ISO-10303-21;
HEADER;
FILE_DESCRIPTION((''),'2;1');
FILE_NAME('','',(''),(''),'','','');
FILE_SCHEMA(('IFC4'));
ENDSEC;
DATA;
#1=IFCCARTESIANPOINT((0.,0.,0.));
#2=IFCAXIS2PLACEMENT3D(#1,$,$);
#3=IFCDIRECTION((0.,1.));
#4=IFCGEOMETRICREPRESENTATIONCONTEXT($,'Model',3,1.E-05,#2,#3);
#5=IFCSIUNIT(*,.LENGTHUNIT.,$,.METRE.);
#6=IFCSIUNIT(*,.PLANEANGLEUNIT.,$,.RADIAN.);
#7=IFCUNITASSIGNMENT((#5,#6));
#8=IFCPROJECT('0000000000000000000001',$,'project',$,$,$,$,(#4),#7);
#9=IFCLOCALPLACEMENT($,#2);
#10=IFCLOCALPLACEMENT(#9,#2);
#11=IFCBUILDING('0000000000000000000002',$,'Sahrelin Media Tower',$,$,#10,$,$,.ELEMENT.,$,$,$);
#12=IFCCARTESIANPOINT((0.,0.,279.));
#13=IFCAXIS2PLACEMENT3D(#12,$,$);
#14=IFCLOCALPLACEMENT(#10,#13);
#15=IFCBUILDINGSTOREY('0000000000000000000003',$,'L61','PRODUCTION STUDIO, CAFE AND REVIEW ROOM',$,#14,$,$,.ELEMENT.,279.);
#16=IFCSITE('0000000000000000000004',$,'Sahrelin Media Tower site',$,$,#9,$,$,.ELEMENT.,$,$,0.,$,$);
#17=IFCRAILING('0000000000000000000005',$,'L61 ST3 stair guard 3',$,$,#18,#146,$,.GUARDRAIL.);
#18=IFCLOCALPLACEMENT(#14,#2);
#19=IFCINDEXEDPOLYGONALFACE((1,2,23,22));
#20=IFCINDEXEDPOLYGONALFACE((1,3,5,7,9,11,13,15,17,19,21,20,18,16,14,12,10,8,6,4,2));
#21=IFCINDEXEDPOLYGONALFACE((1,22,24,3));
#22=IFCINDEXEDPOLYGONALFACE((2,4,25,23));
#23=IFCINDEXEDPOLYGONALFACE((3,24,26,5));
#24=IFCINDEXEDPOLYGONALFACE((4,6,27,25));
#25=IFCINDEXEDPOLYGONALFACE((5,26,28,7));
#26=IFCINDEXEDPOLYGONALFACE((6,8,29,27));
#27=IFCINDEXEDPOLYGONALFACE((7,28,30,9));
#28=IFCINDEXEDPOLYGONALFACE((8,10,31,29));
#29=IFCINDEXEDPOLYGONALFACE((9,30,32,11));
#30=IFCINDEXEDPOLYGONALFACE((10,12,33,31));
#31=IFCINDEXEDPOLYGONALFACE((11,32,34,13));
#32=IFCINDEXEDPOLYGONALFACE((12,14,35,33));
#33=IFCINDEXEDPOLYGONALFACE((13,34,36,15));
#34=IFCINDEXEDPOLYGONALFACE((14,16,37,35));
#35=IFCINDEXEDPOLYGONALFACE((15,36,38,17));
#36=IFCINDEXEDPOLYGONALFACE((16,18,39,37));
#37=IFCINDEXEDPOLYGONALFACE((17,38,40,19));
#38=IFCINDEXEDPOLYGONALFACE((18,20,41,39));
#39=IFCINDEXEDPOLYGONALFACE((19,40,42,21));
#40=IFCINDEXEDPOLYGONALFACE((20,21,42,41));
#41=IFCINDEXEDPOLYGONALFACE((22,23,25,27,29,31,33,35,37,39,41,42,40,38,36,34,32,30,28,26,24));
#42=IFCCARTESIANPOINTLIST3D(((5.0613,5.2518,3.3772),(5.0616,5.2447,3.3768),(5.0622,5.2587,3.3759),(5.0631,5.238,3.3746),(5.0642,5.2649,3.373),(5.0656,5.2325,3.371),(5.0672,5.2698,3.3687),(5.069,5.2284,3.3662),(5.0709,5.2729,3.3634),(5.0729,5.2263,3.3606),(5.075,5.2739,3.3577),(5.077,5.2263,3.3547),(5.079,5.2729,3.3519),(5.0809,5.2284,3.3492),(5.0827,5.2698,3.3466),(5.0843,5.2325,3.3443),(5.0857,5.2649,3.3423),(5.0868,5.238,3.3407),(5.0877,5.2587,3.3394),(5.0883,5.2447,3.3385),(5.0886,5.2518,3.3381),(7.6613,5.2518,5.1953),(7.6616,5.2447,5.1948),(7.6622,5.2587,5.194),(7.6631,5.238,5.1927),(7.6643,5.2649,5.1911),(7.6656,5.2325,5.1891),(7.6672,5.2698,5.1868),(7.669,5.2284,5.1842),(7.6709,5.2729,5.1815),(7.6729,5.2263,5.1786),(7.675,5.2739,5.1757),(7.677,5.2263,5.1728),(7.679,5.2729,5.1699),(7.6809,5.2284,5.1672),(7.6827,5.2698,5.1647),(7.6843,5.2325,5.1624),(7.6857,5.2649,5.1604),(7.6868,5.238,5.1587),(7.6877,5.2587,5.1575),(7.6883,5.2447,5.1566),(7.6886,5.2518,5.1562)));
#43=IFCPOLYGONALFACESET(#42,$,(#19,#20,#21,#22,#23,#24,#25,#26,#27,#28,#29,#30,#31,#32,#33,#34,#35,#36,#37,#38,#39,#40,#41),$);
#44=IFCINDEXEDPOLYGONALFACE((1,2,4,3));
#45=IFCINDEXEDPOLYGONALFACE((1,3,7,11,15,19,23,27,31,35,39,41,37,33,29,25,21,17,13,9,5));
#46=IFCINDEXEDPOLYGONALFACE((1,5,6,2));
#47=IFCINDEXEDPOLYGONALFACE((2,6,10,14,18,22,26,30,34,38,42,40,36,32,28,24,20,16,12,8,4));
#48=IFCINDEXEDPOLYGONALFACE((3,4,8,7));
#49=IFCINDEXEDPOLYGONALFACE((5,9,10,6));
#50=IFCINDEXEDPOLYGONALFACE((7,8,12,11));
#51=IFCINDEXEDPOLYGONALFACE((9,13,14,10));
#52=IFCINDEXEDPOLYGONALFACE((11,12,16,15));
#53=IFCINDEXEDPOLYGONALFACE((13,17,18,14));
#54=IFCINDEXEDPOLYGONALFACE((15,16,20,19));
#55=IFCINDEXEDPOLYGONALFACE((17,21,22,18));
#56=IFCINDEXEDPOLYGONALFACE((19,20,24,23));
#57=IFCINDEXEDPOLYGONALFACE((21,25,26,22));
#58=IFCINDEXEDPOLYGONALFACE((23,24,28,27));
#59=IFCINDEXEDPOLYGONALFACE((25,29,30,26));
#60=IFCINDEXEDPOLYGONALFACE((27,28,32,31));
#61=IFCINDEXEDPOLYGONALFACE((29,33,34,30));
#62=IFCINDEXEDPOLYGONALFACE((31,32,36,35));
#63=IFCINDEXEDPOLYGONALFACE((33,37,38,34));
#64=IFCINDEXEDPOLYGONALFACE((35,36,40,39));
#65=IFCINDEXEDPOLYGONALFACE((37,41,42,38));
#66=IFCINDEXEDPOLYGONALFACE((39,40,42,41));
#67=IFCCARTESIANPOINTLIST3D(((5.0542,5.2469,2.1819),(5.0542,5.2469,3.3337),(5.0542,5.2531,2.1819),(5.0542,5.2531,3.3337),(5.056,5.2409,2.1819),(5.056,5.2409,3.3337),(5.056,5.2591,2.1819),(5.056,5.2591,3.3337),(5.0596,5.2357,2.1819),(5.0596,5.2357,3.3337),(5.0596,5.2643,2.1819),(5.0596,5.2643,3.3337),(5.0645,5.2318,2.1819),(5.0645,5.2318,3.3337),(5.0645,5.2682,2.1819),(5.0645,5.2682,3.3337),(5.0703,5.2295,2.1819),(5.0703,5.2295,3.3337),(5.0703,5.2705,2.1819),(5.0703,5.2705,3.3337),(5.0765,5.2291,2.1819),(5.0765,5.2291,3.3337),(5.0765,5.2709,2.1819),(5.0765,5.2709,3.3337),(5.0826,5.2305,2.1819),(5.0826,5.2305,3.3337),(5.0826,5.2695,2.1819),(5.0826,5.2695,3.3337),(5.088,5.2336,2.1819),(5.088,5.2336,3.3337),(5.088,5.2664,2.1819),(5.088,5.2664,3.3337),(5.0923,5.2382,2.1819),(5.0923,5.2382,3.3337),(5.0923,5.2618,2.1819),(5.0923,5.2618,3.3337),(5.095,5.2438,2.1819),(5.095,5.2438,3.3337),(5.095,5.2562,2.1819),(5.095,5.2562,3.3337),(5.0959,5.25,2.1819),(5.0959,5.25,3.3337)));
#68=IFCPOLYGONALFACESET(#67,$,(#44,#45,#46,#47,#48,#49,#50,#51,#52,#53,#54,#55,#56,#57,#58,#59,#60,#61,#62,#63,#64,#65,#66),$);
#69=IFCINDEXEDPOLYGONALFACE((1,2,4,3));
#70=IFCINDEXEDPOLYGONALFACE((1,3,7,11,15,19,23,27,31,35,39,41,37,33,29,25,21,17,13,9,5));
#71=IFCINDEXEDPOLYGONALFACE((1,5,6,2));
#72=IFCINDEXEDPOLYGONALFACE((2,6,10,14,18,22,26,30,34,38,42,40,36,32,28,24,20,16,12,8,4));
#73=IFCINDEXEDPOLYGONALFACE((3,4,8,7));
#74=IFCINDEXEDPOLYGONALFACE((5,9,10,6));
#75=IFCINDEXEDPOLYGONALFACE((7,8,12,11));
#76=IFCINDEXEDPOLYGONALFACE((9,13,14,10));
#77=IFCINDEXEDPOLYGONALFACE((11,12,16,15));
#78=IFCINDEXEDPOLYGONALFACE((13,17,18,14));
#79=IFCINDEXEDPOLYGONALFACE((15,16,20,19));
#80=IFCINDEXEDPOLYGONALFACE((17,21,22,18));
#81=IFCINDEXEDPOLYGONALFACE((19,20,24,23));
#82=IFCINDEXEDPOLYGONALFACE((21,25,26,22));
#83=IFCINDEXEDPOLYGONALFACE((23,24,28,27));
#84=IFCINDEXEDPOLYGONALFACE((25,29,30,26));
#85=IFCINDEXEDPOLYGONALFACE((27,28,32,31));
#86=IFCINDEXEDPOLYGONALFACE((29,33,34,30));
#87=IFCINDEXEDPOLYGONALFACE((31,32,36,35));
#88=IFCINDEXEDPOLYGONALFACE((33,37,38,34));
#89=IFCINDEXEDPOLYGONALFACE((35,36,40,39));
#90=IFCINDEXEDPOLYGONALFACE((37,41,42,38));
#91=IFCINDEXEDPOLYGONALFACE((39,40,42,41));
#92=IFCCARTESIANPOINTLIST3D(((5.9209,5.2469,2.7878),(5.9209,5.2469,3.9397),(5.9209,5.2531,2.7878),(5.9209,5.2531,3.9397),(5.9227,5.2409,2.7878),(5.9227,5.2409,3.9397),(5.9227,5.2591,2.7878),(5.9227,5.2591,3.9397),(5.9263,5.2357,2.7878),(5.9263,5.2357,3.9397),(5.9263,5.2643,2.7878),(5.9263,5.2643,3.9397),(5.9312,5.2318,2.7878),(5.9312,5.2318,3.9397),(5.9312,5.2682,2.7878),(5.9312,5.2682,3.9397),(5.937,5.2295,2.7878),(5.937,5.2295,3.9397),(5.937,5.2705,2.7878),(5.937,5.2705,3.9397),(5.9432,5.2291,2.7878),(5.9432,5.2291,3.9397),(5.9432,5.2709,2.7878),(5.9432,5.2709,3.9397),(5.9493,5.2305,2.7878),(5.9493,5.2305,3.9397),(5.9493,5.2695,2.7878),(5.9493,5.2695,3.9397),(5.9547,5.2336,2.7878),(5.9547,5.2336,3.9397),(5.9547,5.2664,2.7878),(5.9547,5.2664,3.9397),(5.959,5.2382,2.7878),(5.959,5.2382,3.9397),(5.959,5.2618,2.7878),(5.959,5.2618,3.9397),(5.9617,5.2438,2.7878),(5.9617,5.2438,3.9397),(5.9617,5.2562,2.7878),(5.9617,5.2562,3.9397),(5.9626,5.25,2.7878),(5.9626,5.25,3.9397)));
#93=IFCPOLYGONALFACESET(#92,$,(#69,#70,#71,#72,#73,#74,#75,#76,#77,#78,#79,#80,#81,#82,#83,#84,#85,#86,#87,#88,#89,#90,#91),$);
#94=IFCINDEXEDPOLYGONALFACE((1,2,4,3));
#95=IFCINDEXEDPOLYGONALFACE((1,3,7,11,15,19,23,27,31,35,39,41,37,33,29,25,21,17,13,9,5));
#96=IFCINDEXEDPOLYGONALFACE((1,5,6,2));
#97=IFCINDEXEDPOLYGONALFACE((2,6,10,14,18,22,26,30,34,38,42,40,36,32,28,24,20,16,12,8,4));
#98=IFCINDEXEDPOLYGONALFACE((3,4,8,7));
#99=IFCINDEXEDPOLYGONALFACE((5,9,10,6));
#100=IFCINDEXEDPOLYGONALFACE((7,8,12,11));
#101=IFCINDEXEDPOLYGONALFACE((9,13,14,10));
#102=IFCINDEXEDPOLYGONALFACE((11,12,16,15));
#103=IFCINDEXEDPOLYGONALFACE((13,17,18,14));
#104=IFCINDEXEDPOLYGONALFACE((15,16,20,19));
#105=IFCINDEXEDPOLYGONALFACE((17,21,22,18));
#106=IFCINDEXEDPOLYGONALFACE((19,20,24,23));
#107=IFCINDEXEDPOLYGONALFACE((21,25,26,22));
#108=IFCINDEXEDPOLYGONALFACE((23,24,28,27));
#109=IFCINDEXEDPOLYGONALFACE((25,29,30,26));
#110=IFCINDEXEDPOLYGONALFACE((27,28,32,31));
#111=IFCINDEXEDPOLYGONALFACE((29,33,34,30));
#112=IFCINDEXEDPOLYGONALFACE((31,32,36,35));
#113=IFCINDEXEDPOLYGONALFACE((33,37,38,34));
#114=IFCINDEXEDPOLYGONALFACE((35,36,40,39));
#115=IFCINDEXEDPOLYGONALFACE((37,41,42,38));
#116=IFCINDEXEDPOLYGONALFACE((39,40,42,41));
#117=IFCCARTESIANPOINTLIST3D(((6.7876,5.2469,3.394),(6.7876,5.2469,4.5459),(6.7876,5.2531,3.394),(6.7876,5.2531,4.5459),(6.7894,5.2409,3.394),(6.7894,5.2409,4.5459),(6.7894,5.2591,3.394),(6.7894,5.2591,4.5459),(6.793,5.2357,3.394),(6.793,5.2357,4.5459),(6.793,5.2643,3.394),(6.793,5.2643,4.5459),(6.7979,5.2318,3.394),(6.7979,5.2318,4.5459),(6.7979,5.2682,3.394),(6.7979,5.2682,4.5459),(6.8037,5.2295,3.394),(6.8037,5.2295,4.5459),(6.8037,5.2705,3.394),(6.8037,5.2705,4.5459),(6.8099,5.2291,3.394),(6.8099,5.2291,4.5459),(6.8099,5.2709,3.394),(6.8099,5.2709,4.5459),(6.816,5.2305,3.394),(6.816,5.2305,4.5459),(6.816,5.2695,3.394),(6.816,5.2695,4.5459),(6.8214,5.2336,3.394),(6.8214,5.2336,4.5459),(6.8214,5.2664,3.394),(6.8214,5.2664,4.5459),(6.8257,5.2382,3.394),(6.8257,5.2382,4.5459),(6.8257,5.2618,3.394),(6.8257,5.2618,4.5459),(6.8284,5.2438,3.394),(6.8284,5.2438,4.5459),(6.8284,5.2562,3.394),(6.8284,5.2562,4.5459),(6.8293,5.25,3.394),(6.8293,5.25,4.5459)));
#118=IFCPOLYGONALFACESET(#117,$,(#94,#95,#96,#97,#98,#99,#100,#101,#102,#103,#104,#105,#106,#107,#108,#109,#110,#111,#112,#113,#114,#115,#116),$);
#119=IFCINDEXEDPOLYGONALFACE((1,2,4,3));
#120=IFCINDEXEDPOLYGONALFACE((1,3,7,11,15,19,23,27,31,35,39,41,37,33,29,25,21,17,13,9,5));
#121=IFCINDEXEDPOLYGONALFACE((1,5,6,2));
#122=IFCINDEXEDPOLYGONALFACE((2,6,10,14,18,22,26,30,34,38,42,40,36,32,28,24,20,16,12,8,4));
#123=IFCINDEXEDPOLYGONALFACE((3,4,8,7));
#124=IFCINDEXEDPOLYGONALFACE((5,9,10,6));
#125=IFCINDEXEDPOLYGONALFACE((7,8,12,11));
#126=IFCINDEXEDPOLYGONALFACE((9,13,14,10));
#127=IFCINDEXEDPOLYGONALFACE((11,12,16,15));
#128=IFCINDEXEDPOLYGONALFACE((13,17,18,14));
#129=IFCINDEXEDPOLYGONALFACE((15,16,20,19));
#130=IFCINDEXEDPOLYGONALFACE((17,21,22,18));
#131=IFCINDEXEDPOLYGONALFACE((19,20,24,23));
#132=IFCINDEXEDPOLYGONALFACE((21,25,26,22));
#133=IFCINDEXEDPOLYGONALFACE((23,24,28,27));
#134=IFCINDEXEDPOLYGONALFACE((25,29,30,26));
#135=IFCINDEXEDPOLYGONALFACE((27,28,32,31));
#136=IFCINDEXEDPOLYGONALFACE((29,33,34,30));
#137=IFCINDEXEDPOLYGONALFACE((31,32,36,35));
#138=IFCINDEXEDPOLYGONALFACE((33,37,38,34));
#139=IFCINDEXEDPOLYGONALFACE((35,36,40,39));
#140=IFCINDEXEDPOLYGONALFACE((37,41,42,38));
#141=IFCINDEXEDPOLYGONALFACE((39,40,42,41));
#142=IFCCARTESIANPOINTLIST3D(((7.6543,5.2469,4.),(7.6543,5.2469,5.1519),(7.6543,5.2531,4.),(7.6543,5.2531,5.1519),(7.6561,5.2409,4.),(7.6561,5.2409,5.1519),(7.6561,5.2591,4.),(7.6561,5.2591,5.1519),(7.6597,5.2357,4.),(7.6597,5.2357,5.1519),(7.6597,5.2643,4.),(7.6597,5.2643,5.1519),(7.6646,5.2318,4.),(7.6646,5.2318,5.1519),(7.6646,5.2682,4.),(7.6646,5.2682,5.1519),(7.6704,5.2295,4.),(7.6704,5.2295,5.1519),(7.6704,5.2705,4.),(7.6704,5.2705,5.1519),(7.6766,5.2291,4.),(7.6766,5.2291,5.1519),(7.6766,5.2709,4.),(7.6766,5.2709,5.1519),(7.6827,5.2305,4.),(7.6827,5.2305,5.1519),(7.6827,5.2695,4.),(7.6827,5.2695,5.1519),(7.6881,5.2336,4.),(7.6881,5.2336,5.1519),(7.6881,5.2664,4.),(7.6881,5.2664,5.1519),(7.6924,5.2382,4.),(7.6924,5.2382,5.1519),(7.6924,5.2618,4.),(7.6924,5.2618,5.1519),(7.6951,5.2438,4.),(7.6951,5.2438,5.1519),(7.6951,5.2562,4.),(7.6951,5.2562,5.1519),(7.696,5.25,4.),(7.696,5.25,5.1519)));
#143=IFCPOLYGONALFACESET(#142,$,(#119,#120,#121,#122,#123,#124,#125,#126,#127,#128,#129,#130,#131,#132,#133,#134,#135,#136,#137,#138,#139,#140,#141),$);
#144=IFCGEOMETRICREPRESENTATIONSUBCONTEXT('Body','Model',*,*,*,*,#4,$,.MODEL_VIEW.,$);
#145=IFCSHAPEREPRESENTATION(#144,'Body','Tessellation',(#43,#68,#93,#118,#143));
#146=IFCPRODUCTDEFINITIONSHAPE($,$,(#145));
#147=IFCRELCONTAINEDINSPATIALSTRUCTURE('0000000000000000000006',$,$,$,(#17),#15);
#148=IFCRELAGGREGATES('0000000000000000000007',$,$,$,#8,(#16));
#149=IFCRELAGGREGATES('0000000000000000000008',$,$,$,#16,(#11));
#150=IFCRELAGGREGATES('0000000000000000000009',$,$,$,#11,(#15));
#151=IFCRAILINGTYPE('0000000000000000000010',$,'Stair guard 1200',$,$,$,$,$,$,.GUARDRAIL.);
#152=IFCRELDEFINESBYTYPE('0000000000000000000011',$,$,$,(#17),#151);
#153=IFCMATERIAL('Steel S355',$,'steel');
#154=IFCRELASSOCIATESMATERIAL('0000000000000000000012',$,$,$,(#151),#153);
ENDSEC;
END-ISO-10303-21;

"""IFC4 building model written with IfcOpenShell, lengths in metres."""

from ifc_helpers import new_model, si_unit, direction, frame, origin, origin_2d, place, context, subcontext, project, spatial, circle, extrude, material, type_object, element, save


model = new_model("IFC4")

# Units and contexts
model_context = context("Model", 3, precision=1e-05, world=origin(), true_north=direction((0.0, 1.0)))
body_context = subcontext(model_context, "Body", "Model", "MODEL_VIEW")
ifc_project = project(units=[si_unit("LENGTHUNIT", "METRE"), si_unit("PLANEANGLEUNIT", "RADIAN")], contexts=[model_context])

# Site, building, storey
site_placement = place(None, origin())
site = spatial("IfcSite", under=ifc_project, at=site_placement, Name="Sahrelin Media Tower site", CompositionType="ELEMENT", RefElevation=0.0)
building_placement = place(site_placement, origin())
building = spatial("IfcBuilding", under=site, at=building_placement, Name="Sahrelin Media Tower", CompositionType="ELEMENT")
storey_placement = place(building_placement, frame((0.0, 0.0, 279.0)))
storey = spatial("IfcBuildingStorey", under=building, at=storey_placement, Name="L61", Description="PRODUCTION STUDIO, CAFE AND REVIEW ROOM", CompositionType="ELEMENT", Elevation=279.0)

# Shared definitions
ifc_material_1 = material(Name="Steel S355", Category="steel")

# Railing
railing_type_1 = type_object("IfcRailingType", Name="Stair guard 1200", PredefinedType="GUARDRAIL", material=ifc_material_1)
railing_1_placement = place(storey_placement, frame((5.075, 5.25, 2.1819)))
element("IfcRailing", 1, at=railing_1_placement, inside=storey, type_object=railing_type_1, Name="L61 ST3 stair guard 3", PredefinedType="GUARDRAIL", context=body_context, shape_type="SweptSolid", body=[
    extrude(circle(Radius=0.0239, at=origin_2d()), frame((0.0, 0.0, 1.1758), z_axis=(0.819521, 0.0, 0.573049), x_axis=(0.0, 1.0, 0.0)), (0.0, 0.0, 1.0), 3.1726),
    extrude(circle(Radius=0.021, at=origin_2d()), origin(), (0.0, 0.0, 1.0), 1.1519),
    extrude(circle(Radius=0.021, at=origin_2d()), frame((0.8667, 0.0, 0.606)), (0.0, 0.0, 1.0), 1.1519),
    extrude(circle(Radius=0.021, at=origin_2d()), frame((1.7334, 0.0, 1.2122)), (0.0, 0.0, 1.0), 1.1519),
    extrude(circle(Radius=0.021, at=origin_2d()), frame((2.6001, 0.0, 1.8181)), (0.0, 0.0, 1.0), 1.1519),
])

save(model, "model.ifc")
